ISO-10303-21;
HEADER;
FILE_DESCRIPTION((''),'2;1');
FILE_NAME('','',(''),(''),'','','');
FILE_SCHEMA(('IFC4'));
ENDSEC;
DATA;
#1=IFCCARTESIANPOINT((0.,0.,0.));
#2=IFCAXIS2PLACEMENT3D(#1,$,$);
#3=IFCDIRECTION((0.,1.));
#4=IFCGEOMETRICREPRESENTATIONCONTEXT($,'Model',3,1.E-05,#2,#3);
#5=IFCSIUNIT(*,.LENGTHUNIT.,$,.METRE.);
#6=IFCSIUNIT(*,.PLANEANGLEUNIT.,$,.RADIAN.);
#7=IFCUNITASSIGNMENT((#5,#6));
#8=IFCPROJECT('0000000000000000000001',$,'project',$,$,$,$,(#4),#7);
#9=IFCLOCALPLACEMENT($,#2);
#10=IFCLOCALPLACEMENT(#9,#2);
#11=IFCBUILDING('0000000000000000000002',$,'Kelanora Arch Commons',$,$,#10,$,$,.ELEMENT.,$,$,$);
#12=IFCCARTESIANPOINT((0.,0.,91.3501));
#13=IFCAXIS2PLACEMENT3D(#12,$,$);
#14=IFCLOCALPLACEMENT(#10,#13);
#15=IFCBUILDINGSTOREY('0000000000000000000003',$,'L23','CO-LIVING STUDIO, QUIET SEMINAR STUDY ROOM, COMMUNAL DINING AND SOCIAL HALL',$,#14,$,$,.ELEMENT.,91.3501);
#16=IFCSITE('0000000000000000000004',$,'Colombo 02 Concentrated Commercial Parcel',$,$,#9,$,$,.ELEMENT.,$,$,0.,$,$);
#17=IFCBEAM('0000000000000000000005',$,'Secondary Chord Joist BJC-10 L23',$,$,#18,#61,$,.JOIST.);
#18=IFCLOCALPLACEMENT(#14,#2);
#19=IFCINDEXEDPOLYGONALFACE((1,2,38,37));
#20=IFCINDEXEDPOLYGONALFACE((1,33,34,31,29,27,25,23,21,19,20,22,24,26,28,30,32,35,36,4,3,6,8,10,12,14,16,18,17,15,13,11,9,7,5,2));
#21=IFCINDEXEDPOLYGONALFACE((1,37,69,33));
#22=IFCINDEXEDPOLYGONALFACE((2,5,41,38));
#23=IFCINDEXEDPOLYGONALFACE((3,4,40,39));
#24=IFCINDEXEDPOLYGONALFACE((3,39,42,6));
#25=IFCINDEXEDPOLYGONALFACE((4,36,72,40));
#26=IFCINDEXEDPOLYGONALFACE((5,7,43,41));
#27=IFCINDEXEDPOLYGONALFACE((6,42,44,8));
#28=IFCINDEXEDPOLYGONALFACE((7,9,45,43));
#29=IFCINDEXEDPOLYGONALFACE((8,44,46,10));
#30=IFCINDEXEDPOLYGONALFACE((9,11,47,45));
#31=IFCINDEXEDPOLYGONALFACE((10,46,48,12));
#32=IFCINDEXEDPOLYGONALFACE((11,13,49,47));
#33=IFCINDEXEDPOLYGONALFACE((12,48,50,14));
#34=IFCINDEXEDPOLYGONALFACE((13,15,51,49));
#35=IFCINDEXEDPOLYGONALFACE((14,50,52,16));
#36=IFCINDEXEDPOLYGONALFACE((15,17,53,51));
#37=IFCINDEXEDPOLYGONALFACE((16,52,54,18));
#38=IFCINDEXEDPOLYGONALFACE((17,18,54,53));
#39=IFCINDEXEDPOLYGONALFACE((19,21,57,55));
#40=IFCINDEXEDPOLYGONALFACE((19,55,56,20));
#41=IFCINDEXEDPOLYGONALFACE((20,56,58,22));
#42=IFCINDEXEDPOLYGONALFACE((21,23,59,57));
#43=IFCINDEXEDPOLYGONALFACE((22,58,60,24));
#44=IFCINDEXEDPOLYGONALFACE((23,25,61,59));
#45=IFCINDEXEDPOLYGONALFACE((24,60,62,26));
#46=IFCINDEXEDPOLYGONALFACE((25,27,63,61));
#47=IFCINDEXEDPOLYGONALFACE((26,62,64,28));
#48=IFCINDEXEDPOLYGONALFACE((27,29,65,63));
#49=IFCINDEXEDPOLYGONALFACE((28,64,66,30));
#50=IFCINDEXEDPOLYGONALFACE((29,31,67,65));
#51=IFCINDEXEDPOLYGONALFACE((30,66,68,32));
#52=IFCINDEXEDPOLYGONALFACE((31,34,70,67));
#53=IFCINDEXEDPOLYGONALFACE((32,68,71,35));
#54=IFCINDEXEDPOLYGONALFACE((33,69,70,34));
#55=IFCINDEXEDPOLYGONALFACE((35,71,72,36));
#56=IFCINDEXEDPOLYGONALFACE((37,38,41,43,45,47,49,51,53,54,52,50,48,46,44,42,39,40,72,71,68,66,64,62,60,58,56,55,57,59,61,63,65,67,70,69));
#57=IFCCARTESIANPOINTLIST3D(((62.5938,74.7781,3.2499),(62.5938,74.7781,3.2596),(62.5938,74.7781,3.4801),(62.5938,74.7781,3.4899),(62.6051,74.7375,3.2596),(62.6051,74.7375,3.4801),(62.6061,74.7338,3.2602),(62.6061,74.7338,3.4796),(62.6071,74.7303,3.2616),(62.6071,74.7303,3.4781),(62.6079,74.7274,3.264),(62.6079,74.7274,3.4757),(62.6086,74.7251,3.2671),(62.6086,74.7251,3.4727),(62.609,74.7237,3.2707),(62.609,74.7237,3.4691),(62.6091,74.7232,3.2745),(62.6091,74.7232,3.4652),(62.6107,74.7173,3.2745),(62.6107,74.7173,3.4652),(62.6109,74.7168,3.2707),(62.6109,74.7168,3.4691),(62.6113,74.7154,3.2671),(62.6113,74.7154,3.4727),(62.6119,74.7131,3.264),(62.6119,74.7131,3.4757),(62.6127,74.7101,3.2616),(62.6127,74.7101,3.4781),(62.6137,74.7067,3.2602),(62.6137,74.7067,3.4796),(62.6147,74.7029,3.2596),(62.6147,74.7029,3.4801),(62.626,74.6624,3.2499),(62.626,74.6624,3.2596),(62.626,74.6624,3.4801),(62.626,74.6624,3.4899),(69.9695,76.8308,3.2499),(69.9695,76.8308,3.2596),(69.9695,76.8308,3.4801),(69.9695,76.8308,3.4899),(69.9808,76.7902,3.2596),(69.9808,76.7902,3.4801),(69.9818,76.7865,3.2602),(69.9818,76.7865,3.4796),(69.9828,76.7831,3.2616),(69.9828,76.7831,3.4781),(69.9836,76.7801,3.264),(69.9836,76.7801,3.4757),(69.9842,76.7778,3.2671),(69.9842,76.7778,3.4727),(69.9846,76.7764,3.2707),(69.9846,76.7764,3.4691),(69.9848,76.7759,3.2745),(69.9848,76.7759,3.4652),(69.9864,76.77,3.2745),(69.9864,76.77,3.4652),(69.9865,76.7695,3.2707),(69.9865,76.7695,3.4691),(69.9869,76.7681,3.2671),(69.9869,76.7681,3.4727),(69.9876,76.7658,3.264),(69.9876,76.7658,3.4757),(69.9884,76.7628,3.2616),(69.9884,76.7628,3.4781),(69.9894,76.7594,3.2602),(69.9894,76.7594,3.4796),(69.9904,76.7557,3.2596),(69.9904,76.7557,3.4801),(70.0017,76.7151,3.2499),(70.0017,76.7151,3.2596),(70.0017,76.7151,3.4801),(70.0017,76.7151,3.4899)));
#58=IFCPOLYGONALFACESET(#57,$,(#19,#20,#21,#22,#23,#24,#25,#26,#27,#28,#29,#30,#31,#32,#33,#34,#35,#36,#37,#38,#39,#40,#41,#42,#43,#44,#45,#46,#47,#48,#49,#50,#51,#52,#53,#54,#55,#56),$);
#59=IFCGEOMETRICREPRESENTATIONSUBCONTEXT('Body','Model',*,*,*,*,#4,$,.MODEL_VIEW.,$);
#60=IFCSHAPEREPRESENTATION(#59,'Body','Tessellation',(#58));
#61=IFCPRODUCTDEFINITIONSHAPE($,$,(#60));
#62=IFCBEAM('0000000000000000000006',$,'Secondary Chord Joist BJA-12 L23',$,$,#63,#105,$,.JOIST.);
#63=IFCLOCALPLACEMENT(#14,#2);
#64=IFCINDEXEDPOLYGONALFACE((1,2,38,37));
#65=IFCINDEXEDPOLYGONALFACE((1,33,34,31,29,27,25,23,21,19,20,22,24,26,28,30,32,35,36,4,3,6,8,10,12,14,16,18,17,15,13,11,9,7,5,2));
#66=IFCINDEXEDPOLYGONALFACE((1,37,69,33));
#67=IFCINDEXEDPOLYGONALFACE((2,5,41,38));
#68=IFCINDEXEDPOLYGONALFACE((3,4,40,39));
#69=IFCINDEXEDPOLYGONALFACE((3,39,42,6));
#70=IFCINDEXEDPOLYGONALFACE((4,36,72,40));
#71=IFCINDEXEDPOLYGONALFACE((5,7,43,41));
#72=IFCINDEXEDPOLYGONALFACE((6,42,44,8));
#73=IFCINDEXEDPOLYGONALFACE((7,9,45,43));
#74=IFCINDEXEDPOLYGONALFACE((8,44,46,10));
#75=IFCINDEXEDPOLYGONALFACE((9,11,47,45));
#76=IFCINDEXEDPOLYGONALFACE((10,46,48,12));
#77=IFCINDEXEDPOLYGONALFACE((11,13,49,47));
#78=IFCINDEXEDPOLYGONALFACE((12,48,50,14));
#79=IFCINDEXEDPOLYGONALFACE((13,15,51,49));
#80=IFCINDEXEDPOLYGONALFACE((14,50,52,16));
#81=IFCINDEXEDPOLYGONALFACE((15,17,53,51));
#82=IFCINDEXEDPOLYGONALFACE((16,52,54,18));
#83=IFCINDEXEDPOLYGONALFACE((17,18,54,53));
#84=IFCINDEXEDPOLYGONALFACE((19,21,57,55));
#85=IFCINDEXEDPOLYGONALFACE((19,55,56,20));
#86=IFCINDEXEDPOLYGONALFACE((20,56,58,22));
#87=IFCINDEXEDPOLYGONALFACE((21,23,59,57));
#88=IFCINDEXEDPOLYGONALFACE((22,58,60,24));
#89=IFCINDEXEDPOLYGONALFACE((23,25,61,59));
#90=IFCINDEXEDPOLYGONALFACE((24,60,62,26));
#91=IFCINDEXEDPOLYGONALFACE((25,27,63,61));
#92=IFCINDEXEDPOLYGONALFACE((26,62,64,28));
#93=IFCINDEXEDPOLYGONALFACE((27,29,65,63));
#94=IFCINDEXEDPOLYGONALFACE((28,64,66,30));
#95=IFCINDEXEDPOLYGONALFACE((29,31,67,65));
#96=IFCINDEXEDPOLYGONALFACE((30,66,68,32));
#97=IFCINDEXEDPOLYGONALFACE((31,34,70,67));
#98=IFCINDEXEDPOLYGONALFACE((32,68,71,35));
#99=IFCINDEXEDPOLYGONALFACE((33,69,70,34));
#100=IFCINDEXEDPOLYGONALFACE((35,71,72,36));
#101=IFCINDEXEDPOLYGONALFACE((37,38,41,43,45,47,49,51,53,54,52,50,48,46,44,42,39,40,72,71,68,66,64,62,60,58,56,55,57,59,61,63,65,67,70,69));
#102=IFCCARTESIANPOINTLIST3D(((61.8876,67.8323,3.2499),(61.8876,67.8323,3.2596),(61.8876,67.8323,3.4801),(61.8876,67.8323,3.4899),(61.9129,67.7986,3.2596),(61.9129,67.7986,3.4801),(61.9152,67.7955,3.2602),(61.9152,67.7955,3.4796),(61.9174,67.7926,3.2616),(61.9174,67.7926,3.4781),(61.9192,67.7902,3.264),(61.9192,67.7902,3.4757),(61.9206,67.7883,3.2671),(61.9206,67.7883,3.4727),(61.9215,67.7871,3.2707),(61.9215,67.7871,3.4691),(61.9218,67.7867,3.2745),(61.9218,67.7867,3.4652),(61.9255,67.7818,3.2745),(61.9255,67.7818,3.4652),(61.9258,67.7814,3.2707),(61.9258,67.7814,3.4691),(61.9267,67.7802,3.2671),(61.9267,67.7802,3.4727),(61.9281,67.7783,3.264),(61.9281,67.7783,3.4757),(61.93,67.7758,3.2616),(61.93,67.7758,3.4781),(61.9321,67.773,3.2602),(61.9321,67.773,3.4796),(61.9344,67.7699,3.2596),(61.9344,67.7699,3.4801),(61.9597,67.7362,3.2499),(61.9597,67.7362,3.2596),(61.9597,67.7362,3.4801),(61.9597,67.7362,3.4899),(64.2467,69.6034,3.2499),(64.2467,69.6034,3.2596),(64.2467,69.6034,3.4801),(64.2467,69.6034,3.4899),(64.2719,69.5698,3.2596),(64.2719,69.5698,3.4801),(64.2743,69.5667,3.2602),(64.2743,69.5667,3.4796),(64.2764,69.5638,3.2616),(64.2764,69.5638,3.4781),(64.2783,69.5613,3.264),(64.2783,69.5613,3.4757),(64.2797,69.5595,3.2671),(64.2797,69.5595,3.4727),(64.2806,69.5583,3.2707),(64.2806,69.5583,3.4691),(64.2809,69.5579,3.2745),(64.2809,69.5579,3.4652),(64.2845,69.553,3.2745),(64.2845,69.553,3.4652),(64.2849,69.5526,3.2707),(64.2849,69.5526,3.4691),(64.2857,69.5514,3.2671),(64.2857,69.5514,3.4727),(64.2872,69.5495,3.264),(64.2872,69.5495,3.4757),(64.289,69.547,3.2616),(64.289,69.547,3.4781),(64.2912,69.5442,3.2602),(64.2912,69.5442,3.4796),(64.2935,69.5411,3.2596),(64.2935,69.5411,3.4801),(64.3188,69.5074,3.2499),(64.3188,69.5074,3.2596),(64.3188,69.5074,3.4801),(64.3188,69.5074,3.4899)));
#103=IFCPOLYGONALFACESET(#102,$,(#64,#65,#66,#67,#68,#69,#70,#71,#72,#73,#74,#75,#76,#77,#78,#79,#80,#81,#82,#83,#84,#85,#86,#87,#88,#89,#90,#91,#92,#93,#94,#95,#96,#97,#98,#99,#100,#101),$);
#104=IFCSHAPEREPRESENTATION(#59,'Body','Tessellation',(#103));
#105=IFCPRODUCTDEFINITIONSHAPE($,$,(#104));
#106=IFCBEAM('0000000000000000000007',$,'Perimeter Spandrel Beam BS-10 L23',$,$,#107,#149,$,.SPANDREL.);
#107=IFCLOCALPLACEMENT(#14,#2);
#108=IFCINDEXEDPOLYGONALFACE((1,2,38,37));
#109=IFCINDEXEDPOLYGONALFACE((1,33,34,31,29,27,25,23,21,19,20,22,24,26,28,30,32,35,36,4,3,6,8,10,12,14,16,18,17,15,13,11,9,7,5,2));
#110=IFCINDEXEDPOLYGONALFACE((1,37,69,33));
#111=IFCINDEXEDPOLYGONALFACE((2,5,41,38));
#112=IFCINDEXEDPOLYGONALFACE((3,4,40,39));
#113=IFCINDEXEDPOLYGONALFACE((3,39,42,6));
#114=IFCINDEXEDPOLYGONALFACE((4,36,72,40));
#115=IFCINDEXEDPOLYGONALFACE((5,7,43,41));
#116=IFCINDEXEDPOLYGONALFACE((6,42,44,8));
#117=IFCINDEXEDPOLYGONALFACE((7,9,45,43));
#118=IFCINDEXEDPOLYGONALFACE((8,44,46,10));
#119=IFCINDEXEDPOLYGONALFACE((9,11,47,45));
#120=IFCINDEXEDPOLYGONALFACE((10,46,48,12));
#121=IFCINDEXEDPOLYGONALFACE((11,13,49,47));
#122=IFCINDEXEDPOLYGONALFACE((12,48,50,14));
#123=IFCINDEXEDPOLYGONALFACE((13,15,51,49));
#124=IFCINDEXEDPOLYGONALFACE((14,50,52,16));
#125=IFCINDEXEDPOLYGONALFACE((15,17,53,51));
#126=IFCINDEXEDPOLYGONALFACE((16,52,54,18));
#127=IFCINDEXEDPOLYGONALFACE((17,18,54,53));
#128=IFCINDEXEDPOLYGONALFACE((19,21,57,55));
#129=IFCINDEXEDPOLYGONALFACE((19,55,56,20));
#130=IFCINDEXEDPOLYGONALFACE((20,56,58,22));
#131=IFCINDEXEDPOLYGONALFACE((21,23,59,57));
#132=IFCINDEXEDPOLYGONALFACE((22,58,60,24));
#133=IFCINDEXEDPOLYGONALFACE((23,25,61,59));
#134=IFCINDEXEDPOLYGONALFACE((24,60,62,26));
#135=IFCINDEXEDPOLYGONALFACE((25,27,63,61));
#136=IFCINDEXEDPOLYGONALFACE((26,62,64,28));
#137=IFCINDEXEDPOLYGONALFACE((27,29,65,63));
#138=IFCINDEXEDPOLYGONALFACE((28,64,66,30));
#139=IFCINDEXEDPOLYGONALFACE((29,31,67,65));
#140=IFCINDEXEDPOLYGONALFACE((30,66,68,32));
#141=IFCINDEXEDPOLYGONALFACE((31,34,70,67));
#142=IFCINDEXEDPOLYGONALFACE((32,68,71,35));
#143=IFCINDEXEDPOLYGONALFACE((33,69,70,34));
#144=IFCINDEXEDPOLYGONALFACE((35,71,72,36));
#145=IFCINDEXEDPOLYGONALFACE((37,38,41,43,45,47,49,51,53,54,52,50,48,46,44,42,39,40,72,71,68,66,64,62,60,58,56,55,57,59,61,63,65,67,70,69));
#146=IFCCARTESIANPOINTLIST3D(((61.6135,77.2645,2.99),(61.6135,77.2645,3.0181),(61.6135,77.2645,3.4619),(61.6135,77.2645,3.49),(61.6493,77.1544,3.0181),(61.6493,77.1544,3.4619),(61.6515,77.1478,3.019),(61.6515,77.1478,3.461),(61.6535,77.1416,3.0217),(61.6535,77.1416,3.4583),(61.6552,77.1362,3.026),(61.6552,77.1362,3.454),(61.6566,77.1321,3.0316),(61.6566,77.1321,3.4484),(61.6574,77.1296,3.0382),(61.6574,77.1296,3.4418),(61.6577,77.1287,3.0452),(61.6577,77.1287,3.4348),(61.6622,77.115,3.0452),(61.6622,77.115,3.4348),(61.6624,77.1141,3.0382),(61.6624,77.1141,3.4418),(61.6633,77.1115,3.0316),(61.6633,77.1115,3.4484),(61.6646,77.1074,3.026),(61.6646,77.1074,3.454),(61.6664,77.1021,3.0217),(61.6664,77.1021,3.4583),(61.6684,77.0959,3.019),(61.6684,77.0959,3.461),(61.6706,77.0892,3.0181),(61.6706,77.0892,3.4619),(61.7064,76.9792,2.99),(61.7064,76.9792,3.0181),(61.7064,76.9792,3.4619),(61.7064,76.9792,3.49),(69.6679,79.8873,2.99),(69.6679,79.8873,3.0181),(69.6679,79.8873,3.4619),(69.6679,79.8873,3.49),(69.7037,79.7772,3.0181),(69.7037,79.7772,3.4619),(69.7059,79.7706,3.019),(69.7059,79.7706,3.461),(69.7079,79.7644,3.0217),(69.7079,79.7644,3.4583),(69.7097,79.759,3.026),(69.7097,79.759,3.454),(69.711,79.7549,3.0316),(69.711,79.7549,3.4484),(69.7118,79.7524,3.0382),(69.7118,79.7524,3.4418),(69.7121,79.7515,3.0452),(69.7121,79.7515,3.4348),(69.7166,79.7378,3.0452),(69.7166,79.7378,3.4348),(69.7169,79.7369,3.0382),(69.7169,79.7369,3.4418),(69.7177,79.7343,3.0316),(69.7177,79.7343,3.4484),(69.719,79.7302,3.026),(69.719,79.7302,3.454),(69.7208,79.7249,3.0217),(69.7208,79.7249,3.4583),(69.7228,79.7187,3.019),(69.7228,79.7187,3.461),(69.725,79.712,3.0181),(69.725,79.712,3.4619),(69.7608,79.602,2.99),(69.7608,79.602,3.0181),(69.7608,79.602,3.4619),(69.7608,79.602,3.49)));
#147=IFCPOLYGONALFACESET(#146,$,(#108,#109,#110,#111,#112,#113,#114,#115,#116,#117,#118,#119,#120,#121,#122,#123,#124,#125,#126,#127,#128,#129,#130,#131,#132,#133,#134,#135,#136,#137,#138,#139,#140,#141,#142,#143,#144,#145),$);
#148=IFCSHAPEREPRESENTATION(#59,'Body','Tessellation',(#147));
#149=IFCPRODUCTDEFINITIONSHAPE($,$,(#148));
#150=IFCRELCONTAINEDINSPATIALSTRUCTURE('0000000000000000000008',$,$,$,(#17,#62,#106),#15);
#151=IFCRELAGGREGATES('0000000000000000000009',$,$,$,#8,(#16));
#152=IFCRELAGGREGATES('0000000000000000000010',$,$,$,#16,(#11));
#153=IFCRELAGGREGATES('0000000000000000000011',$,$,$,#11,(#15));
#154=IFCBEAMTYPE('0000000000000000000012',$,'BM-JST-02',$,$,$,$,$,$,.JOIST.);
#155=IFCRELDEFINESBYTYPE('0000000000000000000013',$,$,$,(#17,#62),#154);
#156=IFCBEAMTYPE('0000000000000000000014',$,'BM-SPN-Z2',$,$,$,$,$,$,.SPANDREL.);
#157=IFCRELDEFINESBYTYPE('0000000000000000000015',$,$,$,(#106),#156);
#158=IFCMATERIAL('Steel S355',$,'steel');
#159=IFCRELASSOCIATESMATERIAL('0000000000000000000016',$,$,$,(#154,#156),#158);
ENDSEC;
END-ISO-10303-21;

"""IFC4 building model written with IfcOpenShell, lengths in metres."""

from ifc_helpers import new_model, si_unit, direction, frame, origin, origin_2d, place, context, subcontext, project, spatial, i_section, extrude, material, material_profile, profile_set, type_object, element, save


model = new_model("IFC4")

# Units and contexts
model_context = context("Model", 3, precision=1e-05, world=origin(), true_north=direction((0.0, 1.0)))
body_context = subcontext(model_context, "Body", "Model", "MODEL_VIEW")
ifc_project = project(units=[si_unit("LENGTHUNIT", "METRE"), si_unit("PLANEANGLEUNIT", "RADIAN")], contexts=[model_context])

# Site, building, storey
site_placement = place(None, origin())
site = spatial("IfcSite", under=ifc_project, at=site_placement, Name="Colombo 02 Concentrated Commercial Parcel", CompositionType="ELEMENT", RefElevation=0.0)
building_placement = place(site_placement, origin())
building = spatial("IfcBuilding", under=site, at=building_placement, Name="Kelanora Arch Commons", CompositionType="ELEMENT")
storey_placement = place(building_placement, frame((0.0, 0.0, 91.3501)))
storey = spatial("IfcBuildingStorey", under=building, at=storey_placement, Name="L23", Description="CO-LIVING STUDIO, QUIET SEMINAR STUDY ROOM, COMMUNAL DINING AND SOCIAL HALL", CompositionType="ELEMENT", Elevation=91.3501)

# Beams
ifc_material_1 = material(Name="Steel S355", Category="steel")
ifc_material_profile_1 = material_profile(ifc_material_1, i_section(OverallWidth=0.1201, OverallDepth=0.24, WebThickness=0.0061, FlangeThickness=0.0098, FilletRadius=0.0149, at=origin_2d()), Name="IPE240")
ifc_profile_set_1 = profile_set([ifc_material_profile_1], Name="Steel S355")
beam_type_1 = type_object("IfcBeamType", Name="BM-JST-02", PredefinedType="JOIST", material=ifc_profile_set_1)
beam_1_placement = place(storey_placement, frame((69.9856, 76.7729, 3.3699), z_axis=(-0.963386, -0.268119, 0.0), x_axis=(0.268119, -0.963386, 0.0)))
element("IfcBeam", 1, at=beam_1_placement, inside=storey, type_object=beam_type_1, Name="Secondary Chord Joist BJC-10 L23", PredefinedType="JOIST", context=body_context, shape_type="SweptSolid", body=[
    extrude(i_section(OverallWidth=0.1201, OverallDepth=0.24, WebThickness=0.0061, FlangeThickness=0.0098, FilletRadius=0.0149, at=origin_2d()), origin(), (0.0, 0.0, 1.0), 7.656),
])
beam_2_placement = place(storey_placement, frame((64.2827, 69.5554, 3.3699), z_axis=(-0.799692, -0.60041, 0.0), x_axis=(0.60041, -0.799692, 0.0)))
element("IfcBeam", 2, at=beam_2_placement, inside=storey, type_object=beam_type_1, Name="Secondary Chord Joist BJA-12 L23", PredefinedType="JOIST", context=body_context, shape_type="SweptSolid", body=[
    extrude(i_section(OverallWidth=0.1201, OverallDepth=0.24, WebThickness=0.0061, FlangeThickness=0.0098, FilletRadius=0.0149, at=origin_2d()), origin(), (0.0, 0.0, 1.0), 2.95),
])
ifc_material_profile_2 = material_profile(ifc_material_1, i_section(OverallWidth=0.3, OverallDepth=0.5, WebThickness=0.0144, FlangeThickness=0.0281, FilletRadius=0.0271, at=origin_2d()), Name="HEB500")
ifc_profile_set_2 = profile_set([ifc_material_profile_2], Name="Steel S355")
beam_type_2 = type_object("IfcBeamType", Name="BM-SPN-Z2", PredefinedType="SPANDREL", material=ifc_profile_set_2)
beam_3_placement = place(storey_placement, frame((69.7144, 79.7446, 3.24), z_axis=(-0.950857, -0.309631, 0.0), x_axis=(0.309631, -0.950857, 0.0)))
element("IfcBeam", 3, at=beam_3_placement, inside=storey, type_object=beam_type_2, Name="Perimeter Spandrel Beam BS-10 L23", PredefinedType="SPANDREL", context=body_context, shape_type="SweptSolid", body=[
    extrude(i_section(OverallWidth=0.3, OverallDepth=0.5, WebThickness=0.0144, FlangeThickness=0.0281, FilletRadius=0.0271, at=origin_2d()), origin(), (0.0, 0.0, 1.0), 8.4707),
])

save(model, "model.ifc")
